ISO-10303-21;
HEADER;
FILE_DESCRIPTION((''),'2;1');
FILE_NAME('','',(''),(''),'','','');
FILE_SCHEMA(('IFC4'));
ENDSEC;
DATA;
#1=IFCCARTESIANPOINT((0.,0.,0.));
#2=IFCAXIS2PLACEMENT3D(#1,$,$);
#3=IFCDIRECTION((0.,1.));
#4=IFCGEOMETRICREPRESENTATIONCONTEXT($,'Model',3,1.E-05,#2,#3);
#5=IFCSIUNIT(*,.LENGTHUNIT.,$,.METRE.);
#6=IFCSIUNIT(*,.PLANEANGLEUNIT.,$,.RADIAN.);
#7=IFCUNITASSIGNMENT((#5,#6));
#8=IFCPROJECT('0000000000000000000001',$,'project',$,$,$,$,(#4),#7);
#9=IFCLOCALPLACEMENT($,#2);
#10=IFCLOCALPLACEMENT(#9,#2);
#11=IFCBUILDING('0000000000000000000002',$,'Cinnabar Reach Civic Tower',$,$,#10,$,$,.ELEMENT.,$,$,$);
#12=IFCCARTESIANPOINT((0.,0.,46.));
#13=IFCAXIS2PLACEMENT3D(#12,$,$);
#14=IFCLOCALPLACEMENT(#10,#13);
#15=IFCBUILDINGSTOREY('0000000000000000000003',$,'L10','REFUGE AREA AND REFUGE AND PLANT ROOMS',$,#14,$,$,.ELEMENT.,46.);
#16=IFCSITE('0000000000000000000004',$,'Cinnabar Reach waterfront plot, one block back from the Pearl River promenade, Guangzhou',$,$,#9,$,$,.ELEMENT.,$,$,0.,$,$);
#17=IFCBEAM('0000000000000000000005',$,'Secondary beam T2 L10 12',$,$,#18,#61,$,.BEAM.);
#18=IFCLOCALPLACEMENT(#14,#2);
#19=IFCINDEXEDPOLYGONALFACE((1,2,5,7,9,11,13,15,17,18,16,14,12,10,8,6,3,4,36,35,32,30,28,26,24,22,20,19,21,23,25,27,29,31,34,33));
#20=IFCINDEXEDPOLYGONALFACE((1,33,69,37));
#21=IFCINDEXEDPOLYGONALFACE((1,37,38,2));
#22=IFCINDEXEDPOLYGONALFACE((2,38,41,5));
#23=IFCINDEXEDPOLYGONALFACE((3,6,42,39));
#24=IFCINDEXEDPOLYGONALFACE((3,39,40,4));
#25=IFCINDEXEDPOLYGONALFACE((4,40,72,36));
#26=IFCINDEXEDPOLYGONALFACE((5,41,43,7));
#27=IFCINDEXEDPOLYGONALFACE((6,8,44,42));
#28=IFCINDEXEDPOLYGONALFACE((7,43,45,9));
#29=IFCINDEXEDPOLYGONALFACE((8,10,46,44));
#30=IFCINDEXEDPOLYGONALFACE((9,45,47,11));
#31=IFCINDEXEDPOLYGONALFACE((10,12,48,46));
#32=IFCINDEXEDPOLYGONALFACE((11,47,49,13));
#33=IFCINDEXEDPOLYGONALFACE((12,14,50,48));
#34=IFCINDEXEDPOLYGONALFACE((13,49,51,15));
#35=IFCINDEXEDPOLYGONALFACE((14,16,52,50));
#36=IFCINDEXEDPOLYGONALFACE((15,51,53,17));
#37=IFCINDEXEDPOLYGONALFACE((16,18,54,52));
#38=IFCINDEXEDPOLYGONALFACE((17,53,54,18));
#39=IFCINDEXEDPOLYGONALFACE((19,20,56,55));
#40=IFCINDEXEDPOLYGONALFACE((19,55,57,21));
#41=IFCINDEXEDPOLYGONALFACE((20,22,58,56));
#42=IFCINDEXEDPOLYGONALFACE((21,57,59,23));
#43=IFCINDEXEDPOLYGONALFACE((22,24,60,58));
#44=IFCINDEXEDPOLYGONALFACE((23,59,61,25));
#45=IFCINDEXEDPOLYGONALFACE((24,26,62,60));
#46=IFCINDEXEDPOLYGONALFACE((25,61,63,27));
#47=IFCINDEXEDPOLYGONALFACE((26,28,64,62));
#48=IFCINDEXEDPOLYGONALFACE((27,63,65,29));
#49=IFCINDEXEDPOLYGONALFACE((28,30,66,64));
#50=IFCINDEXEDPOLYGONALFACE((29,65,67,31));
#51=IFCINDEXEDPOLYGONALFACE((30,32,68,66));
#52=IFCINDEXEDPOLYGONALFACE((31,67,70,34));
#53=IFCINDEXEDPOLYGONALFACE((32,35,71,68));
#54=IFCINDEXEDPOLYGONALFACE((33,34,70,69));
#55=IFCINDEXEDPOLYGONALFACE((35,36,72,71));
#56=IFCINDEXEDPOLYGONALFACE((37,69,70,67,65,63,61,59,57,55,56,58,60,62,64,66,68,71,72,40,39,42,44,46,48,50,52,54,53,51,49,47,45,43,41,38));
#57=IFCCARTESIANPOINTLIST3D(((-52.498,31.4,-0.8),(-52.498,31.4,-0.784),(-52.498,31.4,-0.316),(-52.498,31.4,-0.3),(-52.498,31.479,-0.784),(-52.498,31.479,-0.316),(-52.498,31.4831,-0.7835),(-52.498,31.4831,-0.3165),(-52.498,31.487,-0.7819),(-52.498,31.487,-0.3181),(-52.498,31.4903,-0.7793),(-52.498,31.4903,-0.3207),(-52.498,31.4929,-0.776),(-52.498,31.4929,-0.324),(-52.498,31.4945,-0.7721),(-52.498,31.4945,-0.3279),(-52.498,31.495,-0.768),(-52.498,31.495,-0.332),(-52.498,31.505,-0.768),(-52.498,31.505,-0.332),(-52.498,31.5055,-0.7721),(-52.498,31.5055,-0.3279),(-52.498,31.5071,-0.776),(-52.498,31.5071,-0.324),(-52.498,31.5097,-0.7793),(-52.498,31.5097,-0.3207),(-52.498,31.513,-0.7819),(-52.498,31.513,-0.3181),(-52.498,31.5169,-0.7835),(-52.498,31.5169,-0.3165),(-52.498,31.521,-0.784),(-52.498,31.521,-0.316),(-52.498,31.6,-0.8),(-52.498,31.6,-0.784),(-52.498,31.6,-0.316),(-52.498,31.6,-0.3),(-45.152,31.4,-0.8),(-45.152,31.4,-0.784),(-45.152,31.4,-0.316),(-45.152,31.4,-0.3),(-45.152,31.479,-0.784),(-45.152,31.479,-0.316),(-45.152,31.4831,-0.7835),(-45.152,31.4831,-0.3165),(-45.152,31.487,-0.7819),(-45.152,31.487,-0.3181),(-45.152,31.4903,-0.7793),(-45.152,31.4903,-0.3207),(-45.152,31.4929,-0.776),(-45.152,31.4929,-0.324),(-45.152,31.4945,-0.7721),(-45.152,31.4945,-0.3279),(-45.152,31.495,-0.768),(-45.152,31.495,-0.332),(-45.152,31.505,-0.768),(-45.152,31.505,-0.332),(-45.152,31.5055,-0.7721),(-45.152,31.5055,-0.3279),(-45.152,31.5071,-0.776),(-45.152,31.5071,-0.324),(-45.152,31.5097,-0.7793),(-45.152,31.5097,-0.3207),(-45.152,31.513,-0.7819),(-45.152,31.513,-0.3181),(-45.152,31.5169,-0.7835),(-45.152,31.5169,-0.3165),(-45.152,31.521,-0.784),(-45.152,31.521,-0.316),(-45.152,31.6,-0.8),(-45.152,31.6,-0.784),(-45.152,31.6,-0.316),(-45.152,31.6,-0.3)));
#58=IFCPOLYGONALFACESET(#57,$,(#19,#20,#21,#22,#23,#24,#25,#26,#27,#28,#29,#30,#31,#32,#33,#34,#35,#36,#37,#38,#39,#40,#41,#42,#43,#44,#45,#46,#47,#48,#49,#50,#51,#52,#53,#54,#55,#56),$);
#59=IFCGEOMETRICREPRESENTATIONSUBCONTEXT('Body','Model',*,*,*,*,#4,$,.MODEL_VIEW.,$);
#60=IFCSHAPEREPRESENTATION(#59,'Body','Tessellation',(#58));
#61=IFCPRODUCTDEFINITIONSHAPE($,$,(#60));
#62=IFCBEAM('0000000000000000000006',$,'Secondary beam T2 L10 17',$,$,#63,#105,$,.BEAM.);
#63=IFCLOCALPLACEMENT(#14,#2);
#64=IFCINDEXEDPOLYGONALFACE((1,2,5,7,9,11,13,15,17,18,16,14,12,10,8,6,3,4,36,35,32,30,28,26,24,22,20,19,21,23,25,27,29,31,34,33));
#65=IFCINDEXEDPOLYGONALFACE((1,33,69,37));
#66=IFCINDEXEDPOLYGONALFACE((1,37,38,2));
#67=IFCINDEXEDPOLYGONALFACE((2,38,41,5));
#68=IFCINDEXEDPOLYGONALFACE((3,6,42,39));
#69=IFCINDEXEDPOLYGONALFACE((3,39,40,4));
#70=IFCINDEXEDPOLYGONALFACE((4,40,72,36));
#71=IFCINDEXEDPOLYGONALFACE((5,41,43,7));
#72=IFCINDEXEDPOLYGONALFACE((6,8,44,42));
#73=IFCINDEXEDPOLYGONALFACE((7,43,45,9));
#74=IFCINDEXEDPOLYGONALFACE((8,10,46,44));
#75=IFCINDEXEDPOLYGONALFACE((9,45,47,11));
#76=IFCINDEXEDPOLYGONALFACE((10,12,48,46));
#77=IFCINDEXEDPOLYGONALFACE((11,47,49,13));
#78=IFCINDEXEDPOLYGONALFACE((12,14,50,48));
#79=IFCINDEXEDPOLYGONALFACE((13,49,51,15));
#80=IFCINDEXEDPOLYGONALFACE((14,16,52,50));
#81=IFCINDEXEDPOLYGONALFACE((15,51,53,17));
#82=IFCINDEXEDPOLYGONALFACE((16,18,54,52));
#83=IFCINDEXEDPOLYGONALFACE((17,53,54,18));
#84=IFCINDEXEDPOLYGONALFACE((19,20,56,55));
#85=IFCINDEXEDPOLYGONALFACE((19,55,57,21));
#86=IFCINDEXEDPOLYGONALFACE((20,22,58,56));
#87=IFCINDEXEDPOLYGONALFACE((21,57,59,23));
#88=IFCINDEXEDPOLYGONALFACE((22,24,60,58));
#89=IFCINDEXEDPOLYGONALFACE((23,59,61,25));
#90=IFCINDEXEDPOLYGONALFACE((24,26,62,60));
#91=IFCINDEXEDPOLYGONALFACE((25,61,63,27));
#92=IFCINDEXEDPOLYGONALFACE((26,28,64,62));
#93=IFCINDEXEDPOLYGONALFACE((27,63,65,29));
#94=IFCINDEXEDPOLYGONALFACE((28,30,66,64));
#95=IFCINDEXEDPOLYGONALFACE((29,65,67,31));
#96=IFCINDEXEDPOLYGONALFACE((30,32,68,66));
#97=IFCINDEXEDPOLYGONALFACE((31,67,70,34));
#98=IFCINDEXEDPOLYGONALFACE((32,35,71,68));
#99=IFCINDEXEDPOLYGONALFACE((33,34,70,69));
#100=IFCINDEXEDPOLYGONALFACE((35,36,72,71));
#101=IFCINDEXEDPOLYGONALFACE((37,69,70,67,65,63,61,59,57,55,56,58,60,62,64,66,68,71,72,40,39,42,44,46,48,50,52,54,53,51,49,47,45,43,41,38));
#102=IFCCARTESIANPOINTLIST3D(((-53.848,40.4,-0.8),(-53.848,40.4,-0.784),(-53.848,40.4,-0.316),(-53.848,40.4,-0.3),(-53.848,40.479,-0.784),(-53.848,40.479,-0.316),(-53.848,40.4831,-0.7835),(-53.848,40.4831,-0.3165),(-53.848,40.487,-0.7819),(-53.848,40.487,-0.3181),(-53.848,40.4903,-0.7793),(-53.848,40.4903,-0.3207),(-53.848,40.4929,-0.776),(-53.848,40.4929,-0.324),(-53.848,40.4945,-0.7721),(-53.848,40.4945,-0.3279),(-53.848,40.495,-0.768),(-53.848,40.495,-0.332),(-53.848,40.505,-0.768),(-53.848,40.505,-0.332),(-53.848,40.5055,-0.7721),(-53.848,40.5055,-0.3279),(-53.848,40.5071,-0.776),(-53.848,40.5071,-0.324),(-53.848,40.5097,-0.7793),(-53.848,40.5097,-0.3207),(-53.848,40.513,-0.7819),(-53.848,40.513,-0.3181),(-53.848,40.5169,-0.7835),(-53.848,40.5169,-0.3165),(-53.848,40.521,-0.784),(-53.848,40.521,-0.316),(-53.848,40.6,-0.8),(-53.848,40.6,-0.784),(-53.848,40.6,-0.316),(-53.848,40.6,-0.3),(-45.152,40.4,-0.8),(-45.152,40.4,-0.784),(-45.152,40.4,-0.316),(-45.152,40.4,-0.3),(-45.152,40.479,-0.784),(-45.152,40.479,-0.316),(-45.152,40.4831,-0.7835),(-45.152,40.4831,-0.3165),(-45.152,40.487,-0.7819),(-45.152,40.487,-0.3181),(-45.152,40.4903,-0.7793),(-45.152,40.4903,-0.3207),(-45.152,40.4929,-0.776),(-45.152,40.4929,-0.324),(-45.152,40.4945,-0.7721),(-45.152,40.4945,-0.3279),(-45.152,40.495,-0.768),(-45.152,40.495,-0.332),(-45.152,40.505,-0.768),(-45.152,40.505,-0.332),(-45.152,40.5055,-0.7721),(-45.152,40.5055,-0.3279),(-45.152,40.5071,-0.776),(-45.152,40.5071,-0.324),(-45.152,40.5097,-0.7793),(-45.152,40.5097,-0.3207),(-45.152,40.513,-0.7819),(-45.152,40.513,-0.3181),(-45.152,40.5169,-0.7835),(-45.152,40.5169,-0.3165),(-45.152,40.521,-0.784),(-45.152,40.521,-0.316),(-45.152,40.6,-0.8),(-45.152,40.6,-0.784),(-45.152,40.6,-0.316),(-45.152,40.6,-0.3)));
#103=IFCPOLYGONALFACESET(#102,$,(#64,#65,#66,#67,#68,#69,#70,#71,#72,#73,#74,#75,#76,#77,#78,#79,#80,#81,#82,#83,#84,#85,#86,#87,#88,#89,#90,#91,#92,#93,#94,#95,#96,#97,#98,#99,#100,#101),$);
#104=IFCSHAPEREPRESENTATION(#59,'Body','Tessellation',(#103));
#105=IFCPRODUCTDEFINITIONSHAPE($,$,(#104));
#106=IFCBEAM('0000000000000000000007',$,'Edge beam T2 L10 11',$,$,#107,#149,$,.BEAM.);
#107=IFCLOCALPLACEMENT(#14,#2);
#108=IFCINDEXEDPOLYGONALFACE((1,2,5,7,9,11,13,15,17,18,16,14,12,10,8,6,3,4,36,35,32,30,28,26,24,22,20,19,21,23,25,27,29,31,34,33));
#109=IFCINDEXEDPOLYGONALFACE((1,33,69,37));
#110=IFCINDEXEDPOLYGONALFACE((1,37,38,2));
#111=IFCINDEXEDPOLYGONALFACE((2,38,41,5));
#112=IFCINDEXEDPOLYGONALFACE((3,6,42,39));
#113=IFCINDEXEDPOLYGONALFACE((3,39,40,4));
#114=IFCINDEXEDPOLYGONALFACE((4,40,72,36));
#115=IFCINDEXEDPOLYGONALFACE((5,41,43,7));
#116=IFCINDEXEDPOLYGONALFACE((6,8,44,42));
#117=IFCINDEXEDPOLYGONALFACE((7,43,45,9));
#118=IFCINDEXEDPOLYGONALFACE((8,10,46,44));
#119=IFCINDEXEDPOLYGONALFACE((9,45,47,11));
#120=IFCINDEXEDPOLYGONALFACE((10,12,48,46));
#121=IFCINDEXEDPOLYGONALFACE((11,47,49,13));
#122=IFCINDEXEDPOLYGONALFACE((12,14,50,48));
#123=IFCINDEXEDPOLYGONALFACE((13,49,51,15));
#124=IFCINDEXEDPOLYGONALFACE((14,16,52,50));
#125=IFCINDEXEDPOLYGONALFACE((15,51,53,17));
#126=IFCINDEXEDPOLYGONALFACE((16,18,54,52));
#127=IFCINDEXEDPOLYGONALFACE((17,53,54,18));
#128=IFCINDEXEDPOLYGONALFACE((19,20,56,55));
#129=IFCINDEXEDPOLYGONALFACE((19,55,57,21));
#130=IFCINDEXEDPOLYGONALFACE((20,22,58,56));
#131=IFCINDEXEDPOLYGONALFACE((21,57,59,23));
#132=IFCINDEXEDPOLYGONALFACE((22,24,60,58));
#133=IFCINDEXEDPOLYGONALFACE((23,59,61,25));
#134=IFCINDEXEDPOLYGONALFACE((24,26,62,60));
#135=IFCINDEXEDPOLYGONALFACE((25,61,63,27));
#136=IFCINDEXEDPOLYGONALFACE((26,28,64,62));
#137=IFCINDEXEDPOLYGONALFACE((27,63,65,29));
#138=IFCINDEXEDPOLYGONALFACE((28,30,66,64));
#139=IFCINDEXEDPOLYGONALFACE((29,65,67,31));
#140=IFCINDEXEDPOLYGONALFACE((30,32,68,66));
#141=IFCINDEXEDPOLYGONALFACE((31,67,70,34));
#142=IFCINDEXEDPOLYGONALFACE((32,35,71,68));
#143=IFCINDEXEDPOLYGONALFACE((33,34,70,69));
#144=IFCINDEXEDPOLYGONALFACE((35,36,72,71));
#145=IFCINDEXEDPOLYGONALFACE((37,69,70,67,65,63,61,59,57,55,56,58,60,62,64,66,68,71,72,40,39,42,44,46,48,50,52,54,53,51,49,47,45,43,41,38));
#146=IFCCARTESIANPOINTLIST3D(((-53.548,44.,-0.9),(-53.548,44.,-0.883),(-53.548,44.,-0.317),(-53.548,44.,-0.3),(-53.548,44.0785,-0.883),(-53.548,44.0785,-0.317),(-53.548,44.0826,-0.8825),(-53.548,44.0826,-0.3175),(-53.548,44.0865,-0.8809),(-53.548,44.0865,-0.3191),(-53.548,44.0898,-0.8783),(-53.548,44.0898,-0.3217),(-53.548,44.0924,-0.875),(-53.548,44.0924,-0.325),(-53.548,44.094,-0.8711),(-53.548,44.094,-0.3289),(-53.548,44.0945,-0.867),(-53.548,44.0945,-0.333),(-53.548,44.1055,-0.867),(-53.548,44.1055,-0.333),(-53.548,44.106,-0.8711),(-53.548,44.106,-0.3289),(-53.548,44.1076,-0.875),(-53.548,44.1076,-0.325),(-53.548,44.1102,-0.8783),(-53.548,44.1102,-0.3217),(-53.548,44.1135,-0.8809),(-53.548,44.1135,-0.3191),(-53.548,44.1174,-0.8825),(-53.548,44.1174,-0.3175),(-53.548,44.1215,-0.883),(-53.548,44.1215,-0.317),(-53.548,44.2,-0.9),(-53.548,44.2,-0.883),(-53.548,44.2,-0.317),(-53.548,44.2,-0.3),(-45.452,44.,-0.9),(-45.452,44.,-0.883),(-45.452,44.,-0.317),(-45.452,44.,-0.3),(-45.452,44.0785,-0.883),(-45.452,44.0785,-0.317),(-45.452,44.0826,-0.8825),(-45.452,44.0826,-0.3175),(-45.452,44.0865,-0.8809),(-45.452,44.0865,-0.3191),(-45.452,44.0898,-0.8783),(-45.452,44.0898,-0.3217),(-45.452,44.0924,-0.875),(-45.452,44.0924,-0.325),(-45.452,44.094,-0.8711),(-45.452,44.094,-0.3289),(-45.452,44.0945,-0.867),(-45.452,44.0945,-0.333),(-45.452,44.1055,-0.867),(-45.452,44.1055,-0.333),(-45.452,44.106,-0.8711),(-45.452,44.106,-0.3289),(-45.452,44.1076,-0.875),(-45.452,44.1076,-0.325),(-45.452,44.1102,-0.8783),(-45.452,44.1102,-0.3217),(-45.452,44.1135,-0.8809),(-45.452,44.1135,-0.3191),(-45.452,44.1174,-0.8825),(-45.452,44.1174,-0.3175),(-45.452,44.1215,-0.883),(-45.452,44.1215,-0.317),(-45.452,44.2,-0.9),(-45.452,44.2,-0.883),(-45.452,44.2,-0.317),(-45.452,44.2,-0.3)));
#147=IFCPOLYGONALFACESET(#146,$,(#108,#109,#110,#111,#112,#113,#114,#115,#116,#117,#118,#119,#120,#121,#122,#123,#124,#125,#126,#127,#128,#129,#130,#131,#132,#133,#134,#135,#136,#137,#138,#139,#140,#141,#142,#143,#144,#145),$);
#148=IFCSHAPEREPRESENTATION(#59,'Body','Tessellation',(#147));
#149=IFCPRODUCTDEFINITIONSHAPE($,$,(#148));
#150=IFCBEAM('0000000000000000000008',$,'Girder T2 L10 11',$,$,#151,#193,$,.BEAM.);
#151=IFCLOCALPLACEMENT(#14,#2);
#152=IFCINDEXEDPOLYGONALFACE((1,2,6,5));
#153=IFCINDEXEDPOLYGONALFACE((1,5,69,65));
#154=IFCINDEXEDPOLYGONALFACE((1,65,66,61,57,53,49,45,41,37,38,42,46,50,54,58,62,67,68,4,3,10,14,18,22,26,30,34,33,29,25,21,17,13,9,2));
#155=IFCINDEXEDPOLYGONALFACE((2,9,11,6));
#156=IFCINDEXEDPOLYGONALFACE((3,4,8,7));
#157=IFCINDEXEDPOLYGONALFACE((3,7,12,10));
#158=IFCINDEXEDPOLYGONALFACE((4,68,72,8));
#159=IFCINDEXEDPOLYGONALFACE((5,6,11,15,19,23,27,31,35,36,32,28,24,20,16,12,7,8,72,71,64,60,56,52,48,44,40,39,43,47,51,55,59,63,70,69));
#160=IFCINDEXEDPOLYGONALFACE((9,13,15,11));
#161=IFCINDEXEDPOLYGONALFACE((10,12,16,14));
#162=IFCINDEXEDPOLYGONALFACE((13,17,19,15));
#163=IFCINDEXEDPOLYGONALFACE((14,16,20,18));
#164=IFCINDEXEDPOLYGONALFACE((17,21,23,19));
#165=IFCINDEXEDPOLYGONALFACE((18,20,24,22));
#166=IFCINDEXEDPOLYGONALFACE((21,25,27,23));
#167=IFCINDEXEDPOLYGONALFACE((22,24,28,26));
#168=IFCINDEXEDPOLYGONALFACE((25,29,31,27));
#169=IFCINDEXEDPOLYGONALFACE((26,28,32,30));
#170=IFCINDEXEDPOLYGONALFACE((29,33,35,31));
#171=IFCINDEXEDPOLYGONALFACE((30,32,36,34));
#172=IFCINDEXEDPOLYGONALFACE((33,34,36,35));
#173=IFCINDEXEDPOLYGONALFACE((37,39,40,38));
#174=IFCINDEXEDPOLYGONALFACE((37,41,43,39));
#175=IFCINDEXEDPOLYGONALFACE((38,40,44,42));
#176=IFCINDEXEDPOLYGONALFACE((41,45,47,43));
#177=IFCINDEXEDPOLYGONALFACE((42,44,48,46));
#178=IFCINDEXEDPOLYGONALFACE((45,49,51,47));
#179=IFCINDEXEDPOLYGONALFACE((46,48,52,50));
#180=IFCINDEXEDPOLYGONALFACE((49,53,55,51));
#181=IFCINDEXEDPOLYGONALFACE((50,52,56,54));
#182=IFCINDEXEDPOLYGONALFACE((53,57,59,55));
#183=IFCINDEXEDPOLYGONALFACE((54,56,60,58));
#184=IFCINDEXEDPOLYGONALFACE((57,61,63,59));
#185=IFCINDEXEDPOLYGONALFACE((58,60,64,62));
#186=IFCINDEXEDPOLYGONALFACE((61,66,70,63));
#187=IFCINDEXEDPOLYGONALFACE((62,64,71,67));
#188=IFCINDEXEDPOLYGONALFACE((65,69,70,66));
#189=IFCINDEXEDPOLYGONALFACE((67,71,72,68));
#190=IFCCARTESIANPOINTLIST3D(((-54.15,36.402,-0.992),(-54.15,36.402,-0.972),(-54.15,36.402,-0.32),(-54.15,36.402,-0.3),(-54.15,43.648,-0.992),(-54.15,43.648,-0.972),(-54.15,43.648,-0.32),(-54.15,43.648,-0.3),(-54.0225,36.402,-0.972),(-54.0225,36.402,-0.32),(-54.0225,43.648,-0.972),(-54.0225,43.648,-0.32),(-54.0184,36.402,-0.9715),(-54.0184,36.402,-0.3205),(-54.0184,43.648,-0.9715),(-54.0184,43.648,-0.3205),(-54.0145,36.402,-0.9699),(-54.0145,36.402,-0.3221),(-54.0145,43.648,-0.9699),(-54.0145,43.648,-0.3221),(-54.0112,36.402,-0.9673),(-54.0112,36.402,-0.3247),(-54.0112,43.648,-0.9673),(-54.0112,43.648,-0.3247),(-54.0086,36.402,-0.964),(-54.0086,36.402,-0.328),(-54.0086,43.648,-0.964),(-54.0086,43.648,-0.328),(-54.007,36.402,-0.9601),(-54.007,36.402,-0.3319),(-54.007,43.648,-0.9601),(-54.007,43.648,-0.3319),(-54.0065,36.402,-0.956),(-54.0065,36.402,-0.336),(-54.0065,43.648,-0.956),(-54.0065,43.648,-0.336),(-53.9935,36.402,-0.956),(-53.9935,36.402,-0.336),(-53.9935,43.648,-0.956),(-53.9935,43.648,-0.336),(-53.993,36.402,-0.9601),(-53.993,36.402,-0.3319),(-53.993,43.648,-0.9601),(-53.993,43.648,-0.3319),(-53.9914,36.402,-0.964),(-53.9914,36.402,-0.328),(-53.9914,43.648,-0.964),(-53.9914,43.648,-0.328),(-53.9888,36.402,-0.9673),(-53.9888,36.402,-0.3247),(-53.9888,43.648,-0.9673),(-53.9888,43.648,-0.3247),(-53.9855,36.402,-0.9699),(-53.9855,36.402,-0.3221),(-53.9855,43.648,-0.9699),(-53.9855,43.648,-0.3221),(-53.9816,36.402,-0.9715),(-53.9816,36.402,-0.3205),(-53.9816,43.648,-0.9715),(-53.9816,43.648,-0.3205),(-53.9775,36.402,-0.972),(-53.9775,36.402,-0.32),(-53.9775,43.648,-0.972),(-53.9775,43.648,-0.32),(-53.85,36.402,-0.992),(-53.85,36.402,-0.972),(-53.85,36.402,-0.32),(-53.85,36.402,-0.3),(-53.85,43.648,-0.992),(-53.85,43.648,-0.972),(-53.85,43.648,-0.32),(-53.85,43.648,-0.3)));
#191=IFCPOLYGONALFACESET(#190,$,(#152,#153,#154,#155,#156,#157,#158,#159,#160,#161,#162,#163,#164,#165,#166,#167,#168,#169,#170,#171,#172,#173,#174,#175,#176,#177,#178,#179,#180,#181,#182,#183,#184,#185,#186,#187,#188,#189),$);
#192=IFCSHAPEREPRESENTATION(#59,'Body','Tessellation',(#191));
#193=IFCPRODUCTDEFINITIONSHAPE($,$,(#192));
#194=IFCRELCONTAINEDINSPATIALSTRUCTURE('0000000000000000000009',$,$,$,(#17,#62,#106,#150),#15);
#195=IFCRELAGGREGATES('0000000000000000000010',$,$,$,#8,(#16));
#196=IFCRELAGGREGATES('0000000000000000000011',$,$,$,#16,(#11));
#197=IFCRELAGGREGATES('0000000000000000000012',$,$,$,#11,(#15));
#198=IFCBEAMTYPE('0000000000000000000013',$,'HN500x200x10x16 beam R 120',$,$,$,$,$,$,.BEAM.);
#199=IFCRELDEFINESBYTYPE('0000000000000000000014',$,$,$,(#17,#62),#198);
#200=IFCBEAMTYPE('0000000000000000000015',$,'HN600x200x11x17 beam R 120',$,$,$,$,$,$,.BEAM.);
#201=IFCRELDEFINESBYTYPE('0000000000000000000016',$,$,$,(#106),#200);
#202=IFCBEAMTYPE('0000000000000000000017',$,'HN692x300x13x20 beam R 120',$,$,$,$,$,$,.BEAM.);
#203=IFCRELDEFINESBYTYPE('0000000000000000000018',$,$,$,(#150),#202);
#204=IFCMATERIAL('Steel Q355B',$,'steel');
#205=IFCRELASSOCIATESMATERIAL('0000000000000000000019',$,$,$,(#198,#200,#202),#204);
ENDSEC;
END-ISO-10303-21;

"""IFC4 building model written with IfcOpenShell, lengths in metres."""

from ifc_helpers import new_model, si_unit, direction, frame, origin, origin_2d, place, context, subcontext, project, spatial, i_section, extrude, material, material_profile, profile_set, type_object, element, save


model = new_model("IFC4")

# Units and contexts
model_context = context("Model", 3, precision=1e-05, world=origin(), true_north=direction((0.0, 1.0)))
body_context = subcontext(model_context, "Body", "Model", "MODEL_VIEW")
ifc_project = project(units=[si_unit("LENGTHUNIT", "METRE"), si_unit("PLANEANGLEUNIT", "RADIAN")], contexts=[model_context])

# Site, building, storey
site_placement = place(None, origin())
site = spatial("IfcSite", under=ifc_project, at=site_placement, Name="Cinnabar Reach waterfront plot, one block back from the Pearl River promenade, Guangzhou", CompositionType="ELEMENT", RefElevation=0.0)
building_placement = place(site_placement, origin())
building = spatial("IfcBuilding", under=site, at=building_placement, Name="Cinnabar Reach Civic Tower", CompositionType="ELEMENT")
storey_placement = place(building_placement, frame((0.0, 0.0, 46.0)))
storey = spatial("IfcBuildingStorey", under=building, at=storey_placement, Name="L10", Description="REFUGE AREA AND REFUGE AND PLANT ROOMS", CompositionType="ELEMENT", Elevation=46.0)

# Beams
ifc_material_1 = material(Name="Steel Q355B", Category="steel")
ifc_material_profile_1 = material_profile(ifc_material_1, i_section(OverallWidth=0.2, OverallDepth=0.5, WebThickness=0.01, FlangeThickness=0.016, FilletRadius=0.016, at=origin_2d()), Name="HN500x200x10x16")
ifc_profile_set_1 = profile_set([ifc_material_profile_1], Name="Steel Q355B")
beam_type_1 = type_object("IfcBeamType", Name="HN500x200x10x16 beam R 120", PredefinedType="BEAM", material=ifc_profile_set_1)
beam_1_placement = place(storey_placement, frame((-52.498, 31.5, -0.55), z_axis=(1.0, 0.0, 0.0), x_axis=(0.0, 1.0, 0.0)))
element("IfcBeam", 1, at=beam_1_placement, inside=storey, type_object=beam_type_1, Name="Secondary beam T2 L10 12", PredefinedType="BEAM", context=body_context, shape_type="SweptSolid", body=[
    extrude(i_section(OverallWidth=0.2, OverallDepth=0.5, WebThickness=0.01, FlangeThickness=0.016, FilletRadius=0.016, at=origin_2d()), origin(), (0.0, 0.0, 1.0), 7.346),
])
beam_2_placement = place(storey_placement, frame((-53.848, 40.5, -0.55), z_axis=(1.0, 0.0, 0.0), x_axis=(0.0, 1.0, 0.0)))
element("IfcBeam", 2, at=beam_2_placement, inside=storey, type_object=beam_type_1, Name="Secondary beam T2 L10 17", PredefinedType="BEAM", context=body_context, shape_type="SweptSolid", body=[
    extrude(i_section(OverallWidth=0.2, OverallDepth=0.5, WebThickness=0.01, FlangeThickness=0.016, FilletRadius=0.016, at=origin_2d()), origin(), (0.0, 0.0, 1.0), 8.696),
])
ifc_material_profile_2 = material_profile(ifc_material_1, i_section(OverallWidth=0.2, OverallDepth=0.6, WebThickness=0.011, FlangeThickness=0.017, FilletRadius=0.016, at=origin_2d()), Name="HN600x200x11x17")
ifc_profile_set_2 = profile_set([ifc_material_profile_2], Name="Steel Q355B")
beam_type_2 = type_object("IfcBeamType", Name="HN600x200x11x17 beam R 120", PredefinedType="BEAM", material=ifc_profile_set_2)
beam_3_placement = place(storey_placement, frame((-45.452, 44.1, -0.6), z_axis=(-1.0, 0.0, 0.0), x_axis=(0.0, -1.0, 0.0)))
element("IfcBeam", 3, at=beam_3_placement, inside=storey, type_object=beam_type_2, Name="Edge beam T2 L10 11", PredefinedType="BEAM", context=body_context, shape_type="SweptSolid", body=[
    extrude(i_section(OverallWidth=0.2, OverallDepth=0.6, WebThickness=0.011, FlangeThickness=0.017, FilletRadius=0.016, at=origin_2d()), origin(), (0.0, 0.0, 1.0), 8.096),
])
ifc_material_profile_3 = material_profile(ifc_material_1, i_section(OverallWidth=0.3, OverallDepth=0.692, WebThickness=0.013, FlangeThickness=0.02, FilletRadius=0.016, at=origin_2d()), Name="HN692x300x13x20")
ifc_profile_set_3 = profile_set([ifc_material_profile_3], Name="Steel Q355B")
beam_type_3 = type_object("IfcBeamType", Name="HN692x300x13x20 beam R 120", PredefinedType="BEAM", material=ifc_profile_set_3)
beam_4_placement = place(storey_placement, frame((-54.0, 36.402, -0.646), z_axis=(0.0, 1.0, 0.0), x_axis=(-1.0, 0.0, 0.0)))
element("IfcBeam", 4, at=beam_4_placement, inside=storey, type_object=beam_type_3, Name="Girder T2 L10 11", PredefinedType="BEAM", context=body_context, shape_type="SweptSolid", body=[
    extrude(i_section(OverallWidth=0.3, OverallDepth=0.692, WebThickness=0.013, FlangeThickness=0.02, FilletRadius=0.016, at=origin_2d()), origin(), (0.0, 0.0, 1.0), 7.246),
])

save(model, "model.ifc")
